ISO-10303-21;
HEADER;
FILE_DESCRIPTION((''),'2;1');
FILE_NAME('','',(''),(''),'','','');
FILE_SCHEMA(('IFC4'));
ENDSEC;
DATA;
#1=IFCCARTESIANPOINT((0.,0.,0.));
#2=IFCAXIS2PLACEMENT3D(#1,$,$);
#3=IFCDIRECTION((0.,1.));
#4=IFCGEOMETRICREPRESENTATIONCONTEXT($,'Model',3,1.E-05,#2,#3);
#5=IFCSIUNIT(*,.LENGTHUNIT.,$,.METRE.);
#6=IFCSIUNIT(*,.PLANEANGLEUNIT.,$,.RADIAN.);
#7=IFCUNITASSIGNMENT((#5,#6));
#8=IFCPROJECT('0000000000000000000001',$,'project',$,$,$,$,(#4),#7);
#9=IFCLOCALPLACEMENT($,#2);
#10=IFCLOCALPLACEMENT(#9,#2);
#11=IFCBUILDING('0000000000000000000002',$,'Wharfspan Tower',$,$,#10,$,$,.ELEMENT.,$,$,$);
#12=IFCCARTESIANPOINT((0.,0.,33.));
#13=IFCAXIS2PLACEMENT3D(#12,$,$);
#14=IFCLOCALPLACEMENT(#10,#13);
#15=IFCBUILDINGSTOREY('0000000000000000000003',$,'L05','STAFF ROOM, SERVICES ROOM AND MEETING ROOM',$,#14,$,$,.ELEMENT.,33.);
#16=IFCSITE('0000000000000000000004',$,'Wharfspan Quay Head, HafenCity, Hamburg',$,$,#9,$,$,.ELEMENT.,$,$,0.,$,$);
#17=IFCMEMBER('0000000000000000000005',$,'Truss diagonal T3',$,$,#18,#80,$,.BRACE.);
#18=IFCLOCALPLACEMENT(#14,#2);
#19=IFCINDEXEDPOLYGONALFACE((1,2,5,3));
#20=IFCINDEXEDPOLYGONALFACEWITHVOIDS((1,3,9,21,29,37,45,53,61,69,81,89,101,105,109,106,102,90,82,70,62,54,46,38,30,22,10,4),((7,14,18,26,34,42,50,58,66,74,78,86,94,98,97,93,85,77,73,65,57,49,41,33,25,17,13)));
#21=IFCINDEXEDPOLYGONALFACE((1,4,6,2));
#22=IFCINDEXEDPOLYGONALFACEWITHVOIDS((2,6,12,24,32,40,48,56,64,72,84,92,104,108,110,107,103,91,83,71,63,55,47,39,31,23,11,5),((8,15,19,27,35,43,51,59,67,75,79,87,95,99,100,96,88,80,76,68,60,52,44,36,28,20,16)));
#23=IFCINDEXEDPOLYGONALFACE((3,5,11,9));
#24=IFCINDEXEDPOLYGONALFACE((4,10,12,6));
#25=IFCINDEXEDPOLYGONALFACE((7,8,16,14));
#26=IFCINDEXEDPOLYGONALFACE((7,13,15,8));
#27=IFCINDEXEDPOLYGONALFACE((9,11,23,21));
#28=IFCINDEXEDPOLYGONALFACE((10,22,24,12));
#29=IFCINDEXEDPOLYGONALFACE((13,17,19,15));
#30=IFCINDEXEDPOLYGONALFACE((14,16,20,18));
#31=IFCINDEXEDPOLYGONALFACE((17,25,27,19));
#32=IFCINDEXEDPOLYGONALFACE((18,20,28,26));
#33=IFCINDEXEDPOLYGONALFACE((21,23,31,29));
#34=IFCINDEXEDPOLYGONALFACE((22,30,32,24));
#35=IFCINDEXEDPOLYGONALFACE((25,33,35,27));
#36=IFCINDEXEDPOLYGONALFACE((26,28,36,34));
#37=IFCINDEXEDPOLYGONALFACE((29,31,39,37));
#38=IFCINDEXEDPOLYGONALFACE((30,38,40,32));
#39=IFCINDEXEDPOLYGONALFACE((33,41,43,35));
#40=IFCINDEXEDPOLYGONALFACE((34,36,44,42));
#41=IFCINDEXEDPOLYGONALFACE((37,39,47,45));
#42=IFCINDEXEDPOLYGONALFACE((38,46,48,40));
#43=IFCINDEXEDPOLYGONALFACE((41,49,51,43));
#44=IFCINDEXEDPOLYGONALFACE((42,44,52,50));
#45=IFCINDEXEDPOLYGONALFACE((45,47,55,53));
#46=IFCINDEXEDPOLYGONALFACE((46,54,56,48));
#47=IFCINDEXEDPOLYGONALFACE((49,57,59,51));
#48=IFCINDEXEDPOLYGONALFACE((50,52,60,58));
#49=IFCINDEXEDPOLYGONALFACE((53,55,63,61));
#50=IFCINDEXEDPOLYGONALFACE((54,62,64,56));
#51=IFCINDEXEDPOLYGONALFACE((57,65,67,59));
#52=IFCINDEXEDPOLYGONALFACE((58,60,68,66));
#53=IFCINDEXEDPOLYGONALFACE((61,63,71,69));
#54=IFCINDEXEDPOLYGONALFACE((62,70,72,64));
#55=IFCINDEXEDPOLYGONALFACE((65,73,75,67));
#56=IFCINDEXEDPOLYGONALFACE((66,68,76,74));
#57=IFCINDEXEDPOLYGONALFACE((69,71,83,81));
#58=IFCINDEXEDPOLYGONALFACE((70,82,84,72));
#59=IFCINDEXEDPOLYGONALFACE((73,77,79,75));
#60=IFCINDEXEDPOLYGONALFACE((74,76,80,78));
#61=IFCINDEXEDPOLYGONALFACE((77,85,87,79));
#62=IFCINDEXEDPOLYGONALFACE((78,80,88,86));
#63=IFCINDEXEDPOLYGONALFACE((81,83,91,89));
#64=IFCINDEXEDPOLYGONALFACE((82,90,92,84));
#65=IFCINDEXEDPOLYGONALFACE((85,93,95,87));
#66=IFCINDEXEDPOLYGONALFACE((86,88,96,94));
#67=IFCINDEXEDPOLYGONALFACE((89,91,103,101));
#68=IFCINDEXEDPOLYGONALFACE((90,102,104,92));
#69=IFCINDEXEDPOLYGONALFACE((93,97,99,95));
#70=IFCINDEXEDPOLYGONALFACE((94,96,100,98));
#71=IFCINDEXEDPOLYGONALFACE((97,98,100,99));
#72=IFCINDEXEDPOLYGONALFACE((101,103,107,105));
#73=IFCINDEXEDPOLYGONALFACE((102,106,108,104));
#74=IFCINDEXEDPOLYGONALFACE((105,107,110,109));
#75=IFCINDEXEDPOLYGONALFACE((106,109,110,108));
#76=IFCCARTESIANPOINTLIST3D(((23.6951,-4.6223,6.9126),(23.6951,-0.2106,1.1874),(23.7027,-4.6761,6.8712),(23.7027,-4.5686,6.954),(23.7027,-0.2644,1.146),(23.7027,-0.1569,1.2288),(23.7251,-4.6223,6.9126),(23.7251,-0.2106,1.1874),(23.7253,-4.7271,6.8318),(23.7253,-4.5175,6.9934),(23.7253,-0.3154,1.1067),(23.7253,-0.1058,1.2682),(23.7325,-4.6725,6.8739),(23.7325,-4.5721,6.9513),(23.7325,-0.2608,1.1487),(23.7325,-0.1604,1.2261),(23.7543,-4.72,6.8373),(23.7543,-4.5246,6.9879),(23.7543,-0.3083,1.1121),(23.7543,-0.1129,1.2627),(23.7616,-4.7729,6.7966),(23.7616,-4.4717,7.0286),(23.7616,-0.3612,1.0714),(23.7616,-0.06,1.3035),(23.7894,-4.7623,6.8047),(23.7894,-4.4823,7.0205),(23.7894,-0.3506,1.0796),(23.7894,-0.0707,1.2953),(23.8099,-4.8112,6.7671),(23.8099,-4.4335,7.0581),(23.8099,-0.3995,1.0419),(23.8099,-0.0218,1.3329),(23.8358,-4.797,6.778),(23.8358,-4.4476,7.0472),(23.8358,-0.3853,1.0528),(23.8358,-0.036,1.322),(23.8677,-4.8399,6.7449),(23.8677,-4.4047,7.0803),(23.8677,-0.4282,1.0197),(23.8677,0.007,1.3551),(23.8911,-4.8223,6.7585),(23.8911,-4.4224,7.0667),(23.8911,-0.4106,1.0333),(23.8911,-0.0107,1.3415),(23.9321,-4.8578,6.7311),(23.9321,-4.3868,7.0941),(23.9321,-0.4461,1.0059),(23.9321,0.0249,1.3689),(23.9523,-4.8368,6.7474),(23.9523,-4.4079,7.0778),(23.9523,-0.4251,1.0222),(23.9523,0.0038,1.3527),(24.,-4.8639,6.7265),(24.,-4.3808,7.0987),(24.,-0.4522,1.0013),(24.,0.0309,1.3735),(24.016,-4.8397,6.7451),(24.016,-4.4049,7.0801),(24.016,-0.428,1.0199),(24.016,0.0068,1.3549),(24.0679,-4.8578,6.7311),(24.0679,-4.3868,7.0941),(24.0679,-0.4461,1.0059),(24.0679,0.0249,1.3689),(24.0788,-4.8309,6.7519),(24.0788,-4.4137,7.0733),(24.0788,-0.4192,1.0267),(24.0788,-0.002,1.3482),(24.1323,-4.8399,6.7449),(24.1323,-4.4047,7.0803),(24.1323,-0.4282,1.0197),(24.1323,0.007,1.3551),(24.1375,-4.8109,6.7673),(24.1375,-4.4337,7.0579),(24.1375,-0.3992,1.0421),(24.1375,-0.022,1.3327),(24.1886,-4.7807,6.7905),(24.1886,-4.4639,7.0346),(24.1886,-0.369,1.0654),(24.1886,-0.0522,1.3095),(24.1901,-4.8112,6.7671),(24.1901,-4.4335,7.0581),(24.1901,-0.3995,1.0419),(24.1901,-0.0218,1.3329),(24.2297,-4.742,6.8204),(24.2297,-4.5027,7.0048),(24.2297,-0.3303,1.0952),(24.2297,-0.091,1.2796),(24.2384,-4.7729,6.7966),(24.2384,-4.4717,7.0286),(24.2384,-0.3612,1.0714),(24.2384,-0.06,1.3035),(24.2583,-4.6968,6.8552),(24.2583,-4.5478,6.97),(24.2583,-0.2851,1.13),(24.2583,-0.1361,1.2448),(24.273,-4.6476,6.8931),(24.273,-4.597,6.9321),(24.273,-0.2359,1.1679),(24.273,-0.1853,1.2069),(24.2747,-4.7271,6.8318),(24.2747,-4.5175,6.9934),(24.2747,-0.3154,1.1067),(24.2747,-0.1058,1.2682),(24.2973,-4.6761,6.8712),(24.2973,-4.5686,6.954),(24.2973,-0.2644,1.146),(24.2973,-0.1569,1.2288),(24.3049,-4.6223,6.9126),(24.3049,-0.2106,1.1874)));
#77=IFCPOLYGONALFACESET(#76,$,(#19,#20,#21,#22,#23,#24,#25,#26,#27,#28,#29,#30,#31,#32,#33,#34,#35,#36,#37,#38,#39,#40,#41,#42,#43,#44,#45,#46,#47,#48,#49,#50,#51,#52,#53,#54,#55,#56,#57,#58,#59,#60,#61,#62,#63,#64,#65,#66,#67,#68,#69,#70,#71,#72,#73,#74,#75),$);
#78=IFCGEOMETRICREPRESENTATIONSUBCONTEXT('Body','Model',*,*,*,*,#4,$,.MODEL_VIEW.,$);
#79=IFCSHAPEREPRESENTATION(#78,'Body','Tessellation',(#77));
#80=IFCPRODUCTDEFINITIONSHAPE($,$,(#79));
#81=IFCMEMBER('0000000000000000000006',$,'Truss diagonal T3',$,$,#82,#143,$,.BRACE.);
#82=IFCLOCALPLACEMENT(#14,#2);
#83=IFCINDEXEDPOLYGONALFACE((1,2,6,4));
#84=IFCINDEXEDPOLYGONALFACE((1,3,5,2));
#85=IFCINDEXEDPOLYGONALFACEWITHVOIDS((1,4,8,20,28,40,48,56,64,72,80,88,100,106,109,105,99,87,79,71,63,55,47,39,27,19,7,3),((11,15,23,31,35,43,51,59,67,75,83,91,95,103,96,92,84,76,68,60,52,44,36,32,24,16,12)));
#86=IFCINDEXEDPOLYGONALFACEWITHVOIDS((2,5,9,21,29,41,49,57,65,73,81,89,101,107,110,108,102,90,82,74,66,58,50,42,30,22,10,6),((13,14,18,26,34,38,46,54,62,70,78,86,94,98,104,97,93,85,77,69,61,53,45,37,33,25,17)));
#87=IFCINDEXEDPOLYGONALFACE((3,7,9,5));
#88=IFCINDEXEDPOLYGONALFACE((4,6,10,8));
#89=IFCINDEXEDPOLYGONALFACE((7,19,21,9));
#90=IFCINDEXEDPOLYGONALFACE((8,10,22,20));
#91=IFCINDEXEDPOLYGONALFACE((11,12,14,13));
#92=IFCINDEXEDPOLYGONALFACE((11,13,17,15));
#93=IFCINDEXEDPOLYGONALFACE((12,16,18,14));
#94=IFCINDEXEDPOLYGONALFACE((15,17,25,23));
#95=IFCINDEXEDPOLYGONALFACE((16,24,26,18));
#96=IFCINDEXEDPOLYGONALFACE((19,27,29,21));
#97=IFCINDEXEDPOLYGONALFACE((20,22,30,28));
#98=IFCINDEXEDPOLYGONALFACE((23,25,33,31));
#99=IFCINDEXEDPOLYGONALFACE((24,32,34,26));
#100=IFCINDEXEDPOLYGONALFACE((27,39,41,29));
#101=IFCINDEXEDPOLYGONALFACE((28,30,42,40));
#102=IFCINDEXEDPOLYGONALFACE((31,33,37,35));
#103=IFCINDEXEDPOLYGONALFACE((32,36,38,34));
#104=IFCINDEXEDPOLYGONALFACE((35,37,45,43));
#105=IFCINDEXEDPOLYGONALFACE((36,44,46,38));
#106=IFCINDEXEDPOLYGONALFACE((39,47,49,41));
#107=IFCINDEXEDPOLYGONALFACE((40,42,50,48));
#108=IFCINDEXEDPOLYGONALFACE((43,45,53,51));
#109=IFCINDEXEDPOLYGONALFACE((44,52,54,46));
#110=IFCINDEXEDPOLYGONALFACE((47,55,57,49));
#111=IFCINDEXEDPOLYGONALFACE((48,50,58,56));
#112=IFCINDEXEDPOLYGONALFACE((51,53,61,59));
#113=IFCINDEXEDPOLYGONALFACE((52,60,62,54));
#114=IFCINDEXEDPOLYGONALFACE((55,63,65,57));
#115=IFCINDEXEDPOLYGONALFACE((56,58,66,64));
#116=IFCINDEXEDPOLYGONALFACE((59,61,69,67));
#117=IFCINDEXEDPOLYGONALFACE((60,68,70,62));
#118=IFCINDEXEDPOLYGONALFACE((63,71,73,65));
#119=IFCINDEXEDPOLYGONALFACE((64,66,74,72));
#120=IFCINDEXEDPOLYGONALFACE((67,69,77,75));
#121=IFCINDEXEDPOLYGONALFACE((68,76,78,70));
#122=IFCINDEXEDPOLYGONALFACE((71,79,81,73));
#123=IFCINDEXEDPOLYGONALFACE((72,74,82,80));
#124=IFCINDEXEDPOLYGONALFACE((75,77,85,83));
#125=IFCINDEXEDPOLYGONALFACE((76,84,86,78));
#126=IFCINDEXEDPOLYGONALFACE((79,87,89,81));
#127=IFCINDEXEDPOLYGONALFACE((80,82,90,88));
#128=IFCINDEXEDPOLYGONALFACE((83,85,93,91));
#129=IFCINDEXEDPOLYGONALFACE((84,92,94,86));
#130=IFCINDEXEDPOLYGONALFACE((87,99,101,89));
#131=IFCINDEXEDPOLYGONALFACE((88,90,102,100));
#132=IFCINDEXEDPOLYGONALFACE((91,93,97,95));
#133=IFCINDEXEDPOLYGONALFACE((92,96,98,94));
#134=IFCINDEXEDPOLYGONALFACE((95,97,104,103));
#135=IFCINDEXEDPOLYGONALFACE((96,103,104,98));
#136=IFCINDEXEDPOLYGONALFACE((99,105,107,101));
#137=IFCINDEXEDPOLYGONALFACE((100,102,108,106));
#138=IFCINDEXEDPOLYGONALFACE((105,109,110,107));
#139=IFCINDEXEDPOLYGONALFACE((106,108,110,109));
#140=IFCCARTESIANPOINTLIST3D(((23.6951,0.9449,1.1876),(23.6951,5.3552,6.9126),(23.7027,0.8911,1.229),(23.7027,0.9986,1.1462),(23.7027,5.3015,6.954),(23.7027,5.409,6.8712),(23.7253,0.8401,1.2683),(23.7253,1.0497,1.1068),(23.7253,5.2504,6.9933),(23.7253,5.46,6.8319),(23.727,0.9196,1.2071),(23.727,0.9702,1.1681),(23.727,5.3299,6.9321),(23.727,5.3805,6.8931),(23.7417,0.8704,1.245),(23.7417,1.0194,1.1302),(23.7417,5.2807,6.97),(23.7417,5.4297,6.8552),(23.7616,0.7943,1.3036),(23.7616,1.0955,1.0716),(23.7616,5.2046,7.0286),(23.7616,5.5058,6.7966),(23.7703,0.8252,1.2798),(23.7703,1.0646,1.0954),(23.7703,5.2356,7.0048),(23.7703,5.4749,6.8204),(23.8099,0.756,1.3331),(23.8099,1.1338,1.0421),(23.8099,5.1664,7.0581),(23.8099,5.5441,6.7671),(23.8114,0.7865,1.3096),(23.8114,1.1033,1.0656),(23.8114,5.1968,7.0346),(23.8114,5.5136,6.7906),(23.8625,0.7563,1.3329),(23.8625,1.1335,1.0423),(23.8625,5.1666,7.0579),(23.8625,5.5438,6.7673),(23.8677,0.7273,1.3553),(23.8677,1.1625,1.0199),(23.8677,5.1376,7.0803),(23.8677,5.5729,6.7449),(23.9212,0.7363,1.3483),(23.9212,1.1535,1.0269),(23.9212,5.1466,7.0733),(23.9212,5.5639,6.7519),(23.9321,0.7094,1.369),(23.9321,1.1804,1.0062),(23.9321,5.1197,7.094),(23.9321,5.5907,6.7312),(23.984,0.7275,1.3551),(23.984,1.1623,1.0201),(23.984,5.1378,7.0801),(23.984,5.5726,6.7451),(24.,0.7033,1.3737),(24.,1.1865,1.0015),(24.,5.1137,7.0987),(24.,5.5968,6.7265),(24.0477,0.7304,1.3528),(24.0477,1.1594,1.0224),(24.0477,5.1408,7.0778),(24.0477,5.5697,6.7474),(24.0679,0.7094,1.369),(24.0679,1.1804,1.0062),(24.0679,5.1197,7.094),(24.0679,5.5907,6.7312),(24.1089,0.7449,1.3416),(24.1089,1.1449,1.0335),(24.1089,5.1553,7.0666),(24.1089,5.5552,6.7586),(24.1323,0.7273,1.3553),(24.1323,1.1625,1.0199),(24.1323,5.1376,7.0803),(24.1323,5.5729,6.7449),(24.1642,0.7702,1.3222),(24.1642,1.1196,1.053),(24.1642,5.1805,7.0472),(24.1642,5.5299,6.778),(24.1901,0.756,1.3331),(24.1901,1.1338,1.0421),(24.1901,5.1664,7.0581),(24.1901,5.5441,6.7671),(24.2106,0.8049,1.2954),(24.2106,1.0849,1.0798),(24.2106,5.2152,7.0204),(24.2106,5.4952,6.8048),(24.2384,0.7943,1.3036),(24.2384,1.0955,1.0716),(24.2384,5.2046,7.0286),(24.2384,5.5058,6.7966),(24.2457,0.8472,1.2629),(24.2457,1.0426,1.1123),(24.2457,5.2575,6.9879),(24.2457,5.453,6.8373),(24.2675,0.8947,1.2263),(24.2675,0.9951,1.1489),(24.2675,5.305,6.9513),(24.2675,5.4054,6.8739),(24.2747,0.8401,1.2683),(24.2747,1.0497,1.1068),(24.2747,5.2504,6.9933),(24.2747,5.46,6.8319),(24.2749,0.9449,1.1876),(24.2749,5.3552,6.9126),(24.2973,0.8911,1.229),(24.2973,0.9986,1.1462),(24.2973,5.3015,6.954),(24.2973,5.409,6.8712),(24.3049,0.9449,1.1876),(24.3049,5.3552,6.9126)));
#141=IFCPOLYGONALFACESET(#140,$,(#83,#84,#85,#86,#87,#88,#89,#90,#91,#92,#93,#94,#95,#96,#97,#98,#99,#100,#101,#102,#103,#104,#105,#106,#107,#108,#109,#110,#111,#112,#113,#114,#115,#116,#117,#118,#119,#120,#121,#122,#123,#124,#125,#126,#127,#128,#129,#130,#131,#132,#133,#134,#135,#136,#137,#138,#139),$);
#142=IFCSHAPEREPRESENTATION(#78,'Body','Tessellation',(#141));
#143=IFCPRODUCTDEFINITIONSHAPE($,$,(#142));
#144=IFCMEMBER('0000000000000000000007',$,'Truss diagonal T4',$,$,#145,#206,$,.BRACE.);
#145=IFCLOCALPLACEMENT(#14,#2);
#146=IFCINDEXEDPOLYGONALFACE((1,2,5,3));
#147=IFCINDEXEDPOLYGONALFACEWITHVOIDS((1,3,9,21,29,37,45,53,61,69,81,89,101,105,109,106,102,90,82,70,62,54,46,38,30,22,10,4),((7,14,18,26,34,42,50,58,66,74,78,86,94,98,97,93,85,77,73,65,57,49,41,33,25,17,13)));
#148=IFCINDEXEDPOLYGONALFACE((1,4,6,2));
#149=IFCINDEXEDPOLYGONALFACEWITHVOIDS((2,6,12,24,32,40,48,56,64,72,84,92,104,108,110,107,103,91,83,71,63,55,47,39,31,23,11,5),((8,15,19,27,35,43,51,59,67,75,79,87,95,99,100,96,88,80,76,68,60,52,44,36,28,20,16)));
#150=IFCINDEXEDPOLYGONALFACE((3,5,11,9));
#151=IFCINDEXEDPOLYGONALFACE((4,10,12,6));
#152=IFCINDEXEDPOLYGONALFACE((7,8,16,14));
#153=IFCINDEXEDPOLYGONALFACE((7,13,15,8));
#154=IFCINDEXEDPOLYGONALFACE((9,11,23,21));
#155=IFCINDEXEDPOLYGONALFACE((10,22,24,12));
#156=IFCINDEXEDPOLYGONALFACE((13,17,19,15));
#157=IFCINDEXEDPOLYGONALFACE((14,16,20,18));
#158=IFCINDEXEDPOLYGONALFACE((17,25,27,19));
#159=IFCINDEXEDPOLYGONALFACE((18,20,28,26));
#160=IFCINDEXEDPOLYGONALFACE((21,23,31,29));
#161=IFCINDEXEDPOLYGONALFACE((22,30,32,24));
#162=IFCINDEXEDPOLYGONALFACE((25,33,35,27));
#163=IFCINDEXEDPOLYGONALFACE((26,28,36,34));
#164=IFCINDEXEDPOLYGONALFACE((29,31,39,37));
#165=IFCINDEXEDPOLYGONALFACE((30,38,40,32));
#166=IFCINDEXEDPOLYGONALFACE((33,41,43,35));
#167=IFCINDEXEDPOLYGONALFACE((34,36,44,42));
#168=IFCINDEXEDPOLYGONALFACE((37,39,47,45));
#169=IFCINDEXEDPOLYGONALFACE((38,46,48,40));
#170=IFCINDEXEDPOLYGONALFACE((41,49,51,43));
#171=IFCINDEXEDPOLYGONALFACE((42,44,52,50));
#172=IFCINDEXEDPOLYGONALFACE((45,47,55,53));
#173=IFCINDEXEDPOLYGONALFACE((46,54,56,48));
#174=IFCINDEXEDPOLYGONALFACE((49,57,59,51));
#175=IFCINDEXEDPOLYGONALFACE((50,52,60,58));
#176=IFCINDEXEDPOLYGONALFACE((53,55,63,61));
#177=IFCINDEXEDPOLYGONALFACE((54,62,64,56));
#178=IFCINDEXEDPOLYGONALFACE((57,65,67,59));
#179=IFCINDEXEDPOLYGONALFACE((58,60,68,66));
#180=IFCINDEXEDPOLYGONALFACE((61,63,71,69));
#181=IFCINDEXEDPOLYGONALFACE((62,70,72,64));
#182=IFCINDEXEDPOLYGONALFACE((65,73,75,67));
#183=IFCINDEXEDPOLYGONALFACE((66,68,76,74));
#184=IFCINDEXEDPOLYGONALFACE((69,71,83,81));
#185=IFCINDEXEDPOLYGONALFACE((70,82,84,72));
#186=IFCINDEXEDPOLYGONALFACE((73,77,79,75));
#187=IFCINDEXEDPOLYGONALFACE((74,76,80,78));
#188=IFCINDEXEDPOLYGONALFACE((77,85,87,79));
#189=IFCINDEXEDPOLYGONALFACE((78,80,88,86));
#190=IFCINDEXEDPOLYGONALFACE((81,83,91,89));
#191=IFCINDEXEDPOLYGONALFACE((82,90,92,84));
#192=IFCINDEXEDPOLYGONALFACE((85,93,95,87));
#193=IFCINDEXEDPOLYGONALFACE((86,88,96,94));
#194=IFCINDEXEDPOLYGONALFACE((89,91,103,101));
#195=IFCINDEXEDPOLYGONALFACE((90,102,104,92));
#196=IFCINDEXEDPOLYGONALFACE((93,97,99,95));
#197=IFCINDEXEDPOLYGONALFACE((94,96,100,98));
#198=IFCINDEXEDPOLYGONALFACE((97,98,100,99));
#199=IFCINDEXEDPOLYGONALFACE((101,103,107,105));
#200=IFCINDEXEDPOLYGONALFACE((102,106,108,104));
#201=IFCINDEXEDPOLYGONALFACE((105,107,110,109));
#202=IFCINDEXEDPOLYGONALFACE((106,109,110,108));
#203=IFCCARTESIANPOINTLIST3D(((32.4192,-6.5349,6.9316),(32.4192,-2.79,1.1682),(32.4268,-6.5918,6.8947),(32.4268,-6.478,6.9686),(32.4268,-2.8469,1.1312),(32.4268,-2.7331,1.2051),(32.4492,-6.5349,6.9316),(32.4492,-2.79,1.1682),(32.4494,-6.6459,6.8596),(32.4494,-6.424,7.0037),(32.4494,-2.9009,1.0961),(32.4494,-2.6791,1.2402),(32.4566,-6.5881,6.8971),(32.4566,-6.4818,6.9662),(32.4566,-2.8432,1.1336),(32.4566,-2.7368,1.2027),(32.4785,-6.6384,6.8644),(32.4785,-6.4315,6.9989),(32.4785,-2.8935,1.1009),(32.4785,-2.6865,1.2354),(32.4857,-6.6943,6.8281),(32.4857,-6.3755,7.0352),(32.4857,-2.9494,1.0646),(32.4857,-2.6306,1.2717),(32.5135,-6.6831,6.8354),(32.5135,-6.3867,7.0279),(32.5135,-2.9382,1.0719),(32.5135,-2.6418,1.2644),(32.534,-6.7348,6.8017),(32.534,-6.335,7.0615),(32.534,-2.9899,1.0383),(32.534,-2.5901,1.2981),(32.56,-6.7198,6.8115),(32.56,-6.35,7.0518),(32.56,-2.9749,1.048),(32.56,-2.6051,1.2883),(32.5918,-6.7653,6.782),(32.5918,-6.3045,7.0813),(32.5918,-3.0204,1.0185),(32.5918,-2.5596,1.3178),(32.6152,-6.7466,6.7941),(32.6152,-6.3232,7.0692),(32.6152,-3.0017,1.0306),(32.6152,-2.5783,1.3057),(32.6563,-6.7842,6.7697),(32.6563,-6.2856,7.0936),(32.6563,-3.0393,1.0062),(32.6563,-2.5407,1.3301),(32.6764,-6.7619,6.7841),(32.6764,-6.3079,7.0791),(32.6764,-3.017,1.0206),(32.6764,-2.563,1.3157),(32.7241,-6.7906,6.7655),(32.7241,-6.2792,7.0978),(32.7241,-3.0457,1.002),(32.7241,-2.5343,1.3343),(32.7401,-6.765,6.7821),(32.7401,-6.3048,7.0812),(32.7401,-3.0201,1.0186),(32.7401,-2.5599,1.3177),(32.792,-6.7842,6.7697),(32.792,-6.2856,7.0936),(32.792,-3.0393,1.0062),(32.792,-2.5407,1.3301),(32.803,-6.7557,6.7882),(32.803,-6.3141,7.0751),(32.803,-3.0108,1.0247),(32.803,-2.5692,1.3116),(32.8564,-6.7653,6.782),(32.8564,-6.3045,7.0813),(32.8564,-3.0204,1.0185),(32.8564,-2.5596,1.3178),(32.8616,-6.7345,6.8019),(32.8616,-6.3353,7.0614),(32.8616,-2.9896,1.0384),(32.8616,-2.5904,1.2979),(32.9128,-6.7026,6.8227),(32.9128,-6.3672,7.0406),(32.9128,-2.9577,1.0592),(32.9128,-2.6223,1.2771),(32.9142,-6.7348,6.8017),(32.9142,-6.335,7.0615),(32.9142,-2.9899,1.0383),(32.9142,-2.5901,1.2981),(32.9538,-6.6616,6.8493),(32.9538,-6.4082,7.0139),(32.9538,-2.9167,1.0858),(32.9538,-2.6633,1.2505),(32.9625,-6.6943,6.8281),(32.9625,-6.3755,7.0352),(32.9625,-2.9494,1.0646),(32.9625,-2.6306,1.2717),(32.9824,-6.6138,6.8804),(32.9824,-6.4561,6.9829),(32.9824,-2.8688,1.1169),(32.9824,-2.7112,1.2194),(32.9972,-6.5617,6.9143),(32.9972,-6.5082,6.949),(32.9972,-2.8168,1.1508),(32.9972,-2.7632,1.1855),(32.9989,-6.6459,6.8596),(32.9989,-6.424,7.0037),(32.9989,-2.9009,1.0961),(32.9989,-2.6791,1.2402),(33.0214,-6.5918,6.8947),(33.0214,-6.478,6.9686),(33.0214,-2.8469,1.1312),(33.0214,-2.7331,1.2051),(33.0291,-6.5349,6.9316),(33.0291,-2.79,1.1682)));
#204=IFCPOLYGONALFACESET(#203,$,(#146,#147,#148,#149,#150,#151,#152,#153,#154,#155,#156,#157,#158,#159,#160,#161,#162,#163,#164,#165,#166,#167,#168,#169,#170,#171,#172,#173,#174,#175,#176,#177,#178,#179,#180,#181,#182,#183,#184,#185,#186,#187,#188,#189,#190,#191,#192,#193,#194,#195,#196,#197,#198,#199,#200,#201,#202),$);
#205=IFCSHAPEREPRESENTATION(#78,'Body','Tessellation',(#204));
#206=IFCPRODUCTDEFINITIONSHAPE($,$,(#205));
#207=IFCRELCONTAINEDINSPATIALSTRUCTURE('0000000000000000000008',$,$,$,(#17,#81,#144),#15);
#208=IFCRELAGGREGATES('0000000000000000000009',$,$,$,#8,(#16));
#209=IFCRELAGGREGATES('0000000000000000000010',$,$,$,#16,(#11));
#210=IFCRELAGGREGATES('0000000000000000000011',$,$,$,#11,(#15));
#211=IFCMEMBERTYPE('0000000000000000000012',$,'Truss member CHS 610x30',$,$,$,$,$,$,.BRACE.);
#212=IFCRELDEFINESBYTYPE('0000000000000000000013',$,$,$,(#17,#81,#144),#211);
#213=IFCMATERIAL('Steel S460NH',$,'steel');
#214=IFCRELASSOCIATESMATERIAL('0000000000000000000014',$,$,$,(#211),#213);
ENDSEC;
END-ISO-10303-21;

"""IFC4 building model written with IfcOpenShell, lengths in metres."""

from ifc_helpers import new_model, si_unit, direction, frame, origin, origin_2d, place, context, subcontext, project, spatial, hollow_circle, extrude, material, material_profile, profile_set, type_object, element, save


model = new_model("IFC4")

# Units and contexts
model_context = context("Model", 3, precision=1e-05, world=origin(), true_north=direction((0.0, 1.0)))
body_context = subcontext(model_context, "Body", "Model", "MODEL_VIEW")
ifc_project = project(units=[si_unit("LENGTHUNIT", "METRE"), si_unit("PLANEANGLEUNIT", "RADIAN")], contexts=[model_context])

# Site, building, storey
site_placement = place(None, origin())
site = spatial("IfcSite", under=ifc_project, at=site_placement, Name="Wharfspan Quay Head, HafenCity, Hamburg", CompositionType="ELEMENT", RefElevation=0.0)
building_placement = place(site_placement, origin())
building = spatial("IfcBuilding", under=site, at=building_placement, Name="Wharfspan Tower", CompositionType="ELEMENT")
storey_placement = place(building_placement, frame((0.0, 0.0, 33.0)))
storey = spatial("IfcBuildingStorey", under=building, at=storey_placement, Name="L05", Description="STAFF ROOM, SERVICES ROOM AND MEETING ROOM", CompositionType="ELEMENT", Elevation=33.0)

# Members
ifc_material_1 = material(Name="Steel S460NH", Category="steel")
ifc_material_profile_1 = material_profile(ifc_material_1, hollow_circle(Radius=0.3049, WallThickness=0.03, at=origin_2d()))
ifc_profile_set_1 = profile_set([ifc_material_profile_1], Name="Steel S460NH")
member_type_1 = type_object("IfcMemberType", Name="Truss member CHS 610x30", PredefinedType="BRACE", material=ifc_profile_set_1)
member_1_placement = place(storey_placement, frame((24.0, -4.6223, 6.9126), z_axis=(0.0, 0.61038, -0.792109), x_axis=(-1.0, 0.0, 0.0)))
element("IfcMember", 1, at=member_1_placement, inside=storey, type_object=member_type_1, Name="Truss diagonal T3", PredefinedType="BRACE", context=body_context, shape_type="SweptSolid", body=[
    extrude(hollow_circle(Radius=0.3049, WallThickness=0.03, at=origin_2d()), origin(), (0.0, 0.0, 1.0), 7.2278),
])
member_2_placement = place(storey_placement, frame((24.0, 5.3552, 6.9126), z_axis=(0.0, -0.610274, -0.792191), x_axis=(1.0, 0.0, 0.0)))
element("IfcMember", 2, at=member_2_placement, inside=storey, type_object=member_type_1, Name="Truss diagonal T3", PredefinedType="BRACE", context=body_context, shape_type="SweptSolid", body=[
    extrude(hollow_circle(Radius=0.3049, WallThickness=0.03, at=origin_2d()), origin(), (0.0, 0.0, 1.0), 7.2268),
])
member_3_placement = place(storey_placement, frame((32.7241, -6.5349, 6.9316), z_axis=(0.0, 0.54485, -0.838534), x_axis=(-1.0, 0.0, 0.0)))
element("IfcMember", 3, at=member_3_placement, inside=storey, type_object=member_type_1, Name="Truss diagonal T4", PredefinedType="BRACE", context=body_context, shape_type="SweptSolid", body=[
    extrude(hollow_circle(Radius=0.3049, WallThickness=0.03, at=origin_2d()), origin(), (0.0, 0.0, 1.0), 6.8733),
])

save(model, "model.ifc")
